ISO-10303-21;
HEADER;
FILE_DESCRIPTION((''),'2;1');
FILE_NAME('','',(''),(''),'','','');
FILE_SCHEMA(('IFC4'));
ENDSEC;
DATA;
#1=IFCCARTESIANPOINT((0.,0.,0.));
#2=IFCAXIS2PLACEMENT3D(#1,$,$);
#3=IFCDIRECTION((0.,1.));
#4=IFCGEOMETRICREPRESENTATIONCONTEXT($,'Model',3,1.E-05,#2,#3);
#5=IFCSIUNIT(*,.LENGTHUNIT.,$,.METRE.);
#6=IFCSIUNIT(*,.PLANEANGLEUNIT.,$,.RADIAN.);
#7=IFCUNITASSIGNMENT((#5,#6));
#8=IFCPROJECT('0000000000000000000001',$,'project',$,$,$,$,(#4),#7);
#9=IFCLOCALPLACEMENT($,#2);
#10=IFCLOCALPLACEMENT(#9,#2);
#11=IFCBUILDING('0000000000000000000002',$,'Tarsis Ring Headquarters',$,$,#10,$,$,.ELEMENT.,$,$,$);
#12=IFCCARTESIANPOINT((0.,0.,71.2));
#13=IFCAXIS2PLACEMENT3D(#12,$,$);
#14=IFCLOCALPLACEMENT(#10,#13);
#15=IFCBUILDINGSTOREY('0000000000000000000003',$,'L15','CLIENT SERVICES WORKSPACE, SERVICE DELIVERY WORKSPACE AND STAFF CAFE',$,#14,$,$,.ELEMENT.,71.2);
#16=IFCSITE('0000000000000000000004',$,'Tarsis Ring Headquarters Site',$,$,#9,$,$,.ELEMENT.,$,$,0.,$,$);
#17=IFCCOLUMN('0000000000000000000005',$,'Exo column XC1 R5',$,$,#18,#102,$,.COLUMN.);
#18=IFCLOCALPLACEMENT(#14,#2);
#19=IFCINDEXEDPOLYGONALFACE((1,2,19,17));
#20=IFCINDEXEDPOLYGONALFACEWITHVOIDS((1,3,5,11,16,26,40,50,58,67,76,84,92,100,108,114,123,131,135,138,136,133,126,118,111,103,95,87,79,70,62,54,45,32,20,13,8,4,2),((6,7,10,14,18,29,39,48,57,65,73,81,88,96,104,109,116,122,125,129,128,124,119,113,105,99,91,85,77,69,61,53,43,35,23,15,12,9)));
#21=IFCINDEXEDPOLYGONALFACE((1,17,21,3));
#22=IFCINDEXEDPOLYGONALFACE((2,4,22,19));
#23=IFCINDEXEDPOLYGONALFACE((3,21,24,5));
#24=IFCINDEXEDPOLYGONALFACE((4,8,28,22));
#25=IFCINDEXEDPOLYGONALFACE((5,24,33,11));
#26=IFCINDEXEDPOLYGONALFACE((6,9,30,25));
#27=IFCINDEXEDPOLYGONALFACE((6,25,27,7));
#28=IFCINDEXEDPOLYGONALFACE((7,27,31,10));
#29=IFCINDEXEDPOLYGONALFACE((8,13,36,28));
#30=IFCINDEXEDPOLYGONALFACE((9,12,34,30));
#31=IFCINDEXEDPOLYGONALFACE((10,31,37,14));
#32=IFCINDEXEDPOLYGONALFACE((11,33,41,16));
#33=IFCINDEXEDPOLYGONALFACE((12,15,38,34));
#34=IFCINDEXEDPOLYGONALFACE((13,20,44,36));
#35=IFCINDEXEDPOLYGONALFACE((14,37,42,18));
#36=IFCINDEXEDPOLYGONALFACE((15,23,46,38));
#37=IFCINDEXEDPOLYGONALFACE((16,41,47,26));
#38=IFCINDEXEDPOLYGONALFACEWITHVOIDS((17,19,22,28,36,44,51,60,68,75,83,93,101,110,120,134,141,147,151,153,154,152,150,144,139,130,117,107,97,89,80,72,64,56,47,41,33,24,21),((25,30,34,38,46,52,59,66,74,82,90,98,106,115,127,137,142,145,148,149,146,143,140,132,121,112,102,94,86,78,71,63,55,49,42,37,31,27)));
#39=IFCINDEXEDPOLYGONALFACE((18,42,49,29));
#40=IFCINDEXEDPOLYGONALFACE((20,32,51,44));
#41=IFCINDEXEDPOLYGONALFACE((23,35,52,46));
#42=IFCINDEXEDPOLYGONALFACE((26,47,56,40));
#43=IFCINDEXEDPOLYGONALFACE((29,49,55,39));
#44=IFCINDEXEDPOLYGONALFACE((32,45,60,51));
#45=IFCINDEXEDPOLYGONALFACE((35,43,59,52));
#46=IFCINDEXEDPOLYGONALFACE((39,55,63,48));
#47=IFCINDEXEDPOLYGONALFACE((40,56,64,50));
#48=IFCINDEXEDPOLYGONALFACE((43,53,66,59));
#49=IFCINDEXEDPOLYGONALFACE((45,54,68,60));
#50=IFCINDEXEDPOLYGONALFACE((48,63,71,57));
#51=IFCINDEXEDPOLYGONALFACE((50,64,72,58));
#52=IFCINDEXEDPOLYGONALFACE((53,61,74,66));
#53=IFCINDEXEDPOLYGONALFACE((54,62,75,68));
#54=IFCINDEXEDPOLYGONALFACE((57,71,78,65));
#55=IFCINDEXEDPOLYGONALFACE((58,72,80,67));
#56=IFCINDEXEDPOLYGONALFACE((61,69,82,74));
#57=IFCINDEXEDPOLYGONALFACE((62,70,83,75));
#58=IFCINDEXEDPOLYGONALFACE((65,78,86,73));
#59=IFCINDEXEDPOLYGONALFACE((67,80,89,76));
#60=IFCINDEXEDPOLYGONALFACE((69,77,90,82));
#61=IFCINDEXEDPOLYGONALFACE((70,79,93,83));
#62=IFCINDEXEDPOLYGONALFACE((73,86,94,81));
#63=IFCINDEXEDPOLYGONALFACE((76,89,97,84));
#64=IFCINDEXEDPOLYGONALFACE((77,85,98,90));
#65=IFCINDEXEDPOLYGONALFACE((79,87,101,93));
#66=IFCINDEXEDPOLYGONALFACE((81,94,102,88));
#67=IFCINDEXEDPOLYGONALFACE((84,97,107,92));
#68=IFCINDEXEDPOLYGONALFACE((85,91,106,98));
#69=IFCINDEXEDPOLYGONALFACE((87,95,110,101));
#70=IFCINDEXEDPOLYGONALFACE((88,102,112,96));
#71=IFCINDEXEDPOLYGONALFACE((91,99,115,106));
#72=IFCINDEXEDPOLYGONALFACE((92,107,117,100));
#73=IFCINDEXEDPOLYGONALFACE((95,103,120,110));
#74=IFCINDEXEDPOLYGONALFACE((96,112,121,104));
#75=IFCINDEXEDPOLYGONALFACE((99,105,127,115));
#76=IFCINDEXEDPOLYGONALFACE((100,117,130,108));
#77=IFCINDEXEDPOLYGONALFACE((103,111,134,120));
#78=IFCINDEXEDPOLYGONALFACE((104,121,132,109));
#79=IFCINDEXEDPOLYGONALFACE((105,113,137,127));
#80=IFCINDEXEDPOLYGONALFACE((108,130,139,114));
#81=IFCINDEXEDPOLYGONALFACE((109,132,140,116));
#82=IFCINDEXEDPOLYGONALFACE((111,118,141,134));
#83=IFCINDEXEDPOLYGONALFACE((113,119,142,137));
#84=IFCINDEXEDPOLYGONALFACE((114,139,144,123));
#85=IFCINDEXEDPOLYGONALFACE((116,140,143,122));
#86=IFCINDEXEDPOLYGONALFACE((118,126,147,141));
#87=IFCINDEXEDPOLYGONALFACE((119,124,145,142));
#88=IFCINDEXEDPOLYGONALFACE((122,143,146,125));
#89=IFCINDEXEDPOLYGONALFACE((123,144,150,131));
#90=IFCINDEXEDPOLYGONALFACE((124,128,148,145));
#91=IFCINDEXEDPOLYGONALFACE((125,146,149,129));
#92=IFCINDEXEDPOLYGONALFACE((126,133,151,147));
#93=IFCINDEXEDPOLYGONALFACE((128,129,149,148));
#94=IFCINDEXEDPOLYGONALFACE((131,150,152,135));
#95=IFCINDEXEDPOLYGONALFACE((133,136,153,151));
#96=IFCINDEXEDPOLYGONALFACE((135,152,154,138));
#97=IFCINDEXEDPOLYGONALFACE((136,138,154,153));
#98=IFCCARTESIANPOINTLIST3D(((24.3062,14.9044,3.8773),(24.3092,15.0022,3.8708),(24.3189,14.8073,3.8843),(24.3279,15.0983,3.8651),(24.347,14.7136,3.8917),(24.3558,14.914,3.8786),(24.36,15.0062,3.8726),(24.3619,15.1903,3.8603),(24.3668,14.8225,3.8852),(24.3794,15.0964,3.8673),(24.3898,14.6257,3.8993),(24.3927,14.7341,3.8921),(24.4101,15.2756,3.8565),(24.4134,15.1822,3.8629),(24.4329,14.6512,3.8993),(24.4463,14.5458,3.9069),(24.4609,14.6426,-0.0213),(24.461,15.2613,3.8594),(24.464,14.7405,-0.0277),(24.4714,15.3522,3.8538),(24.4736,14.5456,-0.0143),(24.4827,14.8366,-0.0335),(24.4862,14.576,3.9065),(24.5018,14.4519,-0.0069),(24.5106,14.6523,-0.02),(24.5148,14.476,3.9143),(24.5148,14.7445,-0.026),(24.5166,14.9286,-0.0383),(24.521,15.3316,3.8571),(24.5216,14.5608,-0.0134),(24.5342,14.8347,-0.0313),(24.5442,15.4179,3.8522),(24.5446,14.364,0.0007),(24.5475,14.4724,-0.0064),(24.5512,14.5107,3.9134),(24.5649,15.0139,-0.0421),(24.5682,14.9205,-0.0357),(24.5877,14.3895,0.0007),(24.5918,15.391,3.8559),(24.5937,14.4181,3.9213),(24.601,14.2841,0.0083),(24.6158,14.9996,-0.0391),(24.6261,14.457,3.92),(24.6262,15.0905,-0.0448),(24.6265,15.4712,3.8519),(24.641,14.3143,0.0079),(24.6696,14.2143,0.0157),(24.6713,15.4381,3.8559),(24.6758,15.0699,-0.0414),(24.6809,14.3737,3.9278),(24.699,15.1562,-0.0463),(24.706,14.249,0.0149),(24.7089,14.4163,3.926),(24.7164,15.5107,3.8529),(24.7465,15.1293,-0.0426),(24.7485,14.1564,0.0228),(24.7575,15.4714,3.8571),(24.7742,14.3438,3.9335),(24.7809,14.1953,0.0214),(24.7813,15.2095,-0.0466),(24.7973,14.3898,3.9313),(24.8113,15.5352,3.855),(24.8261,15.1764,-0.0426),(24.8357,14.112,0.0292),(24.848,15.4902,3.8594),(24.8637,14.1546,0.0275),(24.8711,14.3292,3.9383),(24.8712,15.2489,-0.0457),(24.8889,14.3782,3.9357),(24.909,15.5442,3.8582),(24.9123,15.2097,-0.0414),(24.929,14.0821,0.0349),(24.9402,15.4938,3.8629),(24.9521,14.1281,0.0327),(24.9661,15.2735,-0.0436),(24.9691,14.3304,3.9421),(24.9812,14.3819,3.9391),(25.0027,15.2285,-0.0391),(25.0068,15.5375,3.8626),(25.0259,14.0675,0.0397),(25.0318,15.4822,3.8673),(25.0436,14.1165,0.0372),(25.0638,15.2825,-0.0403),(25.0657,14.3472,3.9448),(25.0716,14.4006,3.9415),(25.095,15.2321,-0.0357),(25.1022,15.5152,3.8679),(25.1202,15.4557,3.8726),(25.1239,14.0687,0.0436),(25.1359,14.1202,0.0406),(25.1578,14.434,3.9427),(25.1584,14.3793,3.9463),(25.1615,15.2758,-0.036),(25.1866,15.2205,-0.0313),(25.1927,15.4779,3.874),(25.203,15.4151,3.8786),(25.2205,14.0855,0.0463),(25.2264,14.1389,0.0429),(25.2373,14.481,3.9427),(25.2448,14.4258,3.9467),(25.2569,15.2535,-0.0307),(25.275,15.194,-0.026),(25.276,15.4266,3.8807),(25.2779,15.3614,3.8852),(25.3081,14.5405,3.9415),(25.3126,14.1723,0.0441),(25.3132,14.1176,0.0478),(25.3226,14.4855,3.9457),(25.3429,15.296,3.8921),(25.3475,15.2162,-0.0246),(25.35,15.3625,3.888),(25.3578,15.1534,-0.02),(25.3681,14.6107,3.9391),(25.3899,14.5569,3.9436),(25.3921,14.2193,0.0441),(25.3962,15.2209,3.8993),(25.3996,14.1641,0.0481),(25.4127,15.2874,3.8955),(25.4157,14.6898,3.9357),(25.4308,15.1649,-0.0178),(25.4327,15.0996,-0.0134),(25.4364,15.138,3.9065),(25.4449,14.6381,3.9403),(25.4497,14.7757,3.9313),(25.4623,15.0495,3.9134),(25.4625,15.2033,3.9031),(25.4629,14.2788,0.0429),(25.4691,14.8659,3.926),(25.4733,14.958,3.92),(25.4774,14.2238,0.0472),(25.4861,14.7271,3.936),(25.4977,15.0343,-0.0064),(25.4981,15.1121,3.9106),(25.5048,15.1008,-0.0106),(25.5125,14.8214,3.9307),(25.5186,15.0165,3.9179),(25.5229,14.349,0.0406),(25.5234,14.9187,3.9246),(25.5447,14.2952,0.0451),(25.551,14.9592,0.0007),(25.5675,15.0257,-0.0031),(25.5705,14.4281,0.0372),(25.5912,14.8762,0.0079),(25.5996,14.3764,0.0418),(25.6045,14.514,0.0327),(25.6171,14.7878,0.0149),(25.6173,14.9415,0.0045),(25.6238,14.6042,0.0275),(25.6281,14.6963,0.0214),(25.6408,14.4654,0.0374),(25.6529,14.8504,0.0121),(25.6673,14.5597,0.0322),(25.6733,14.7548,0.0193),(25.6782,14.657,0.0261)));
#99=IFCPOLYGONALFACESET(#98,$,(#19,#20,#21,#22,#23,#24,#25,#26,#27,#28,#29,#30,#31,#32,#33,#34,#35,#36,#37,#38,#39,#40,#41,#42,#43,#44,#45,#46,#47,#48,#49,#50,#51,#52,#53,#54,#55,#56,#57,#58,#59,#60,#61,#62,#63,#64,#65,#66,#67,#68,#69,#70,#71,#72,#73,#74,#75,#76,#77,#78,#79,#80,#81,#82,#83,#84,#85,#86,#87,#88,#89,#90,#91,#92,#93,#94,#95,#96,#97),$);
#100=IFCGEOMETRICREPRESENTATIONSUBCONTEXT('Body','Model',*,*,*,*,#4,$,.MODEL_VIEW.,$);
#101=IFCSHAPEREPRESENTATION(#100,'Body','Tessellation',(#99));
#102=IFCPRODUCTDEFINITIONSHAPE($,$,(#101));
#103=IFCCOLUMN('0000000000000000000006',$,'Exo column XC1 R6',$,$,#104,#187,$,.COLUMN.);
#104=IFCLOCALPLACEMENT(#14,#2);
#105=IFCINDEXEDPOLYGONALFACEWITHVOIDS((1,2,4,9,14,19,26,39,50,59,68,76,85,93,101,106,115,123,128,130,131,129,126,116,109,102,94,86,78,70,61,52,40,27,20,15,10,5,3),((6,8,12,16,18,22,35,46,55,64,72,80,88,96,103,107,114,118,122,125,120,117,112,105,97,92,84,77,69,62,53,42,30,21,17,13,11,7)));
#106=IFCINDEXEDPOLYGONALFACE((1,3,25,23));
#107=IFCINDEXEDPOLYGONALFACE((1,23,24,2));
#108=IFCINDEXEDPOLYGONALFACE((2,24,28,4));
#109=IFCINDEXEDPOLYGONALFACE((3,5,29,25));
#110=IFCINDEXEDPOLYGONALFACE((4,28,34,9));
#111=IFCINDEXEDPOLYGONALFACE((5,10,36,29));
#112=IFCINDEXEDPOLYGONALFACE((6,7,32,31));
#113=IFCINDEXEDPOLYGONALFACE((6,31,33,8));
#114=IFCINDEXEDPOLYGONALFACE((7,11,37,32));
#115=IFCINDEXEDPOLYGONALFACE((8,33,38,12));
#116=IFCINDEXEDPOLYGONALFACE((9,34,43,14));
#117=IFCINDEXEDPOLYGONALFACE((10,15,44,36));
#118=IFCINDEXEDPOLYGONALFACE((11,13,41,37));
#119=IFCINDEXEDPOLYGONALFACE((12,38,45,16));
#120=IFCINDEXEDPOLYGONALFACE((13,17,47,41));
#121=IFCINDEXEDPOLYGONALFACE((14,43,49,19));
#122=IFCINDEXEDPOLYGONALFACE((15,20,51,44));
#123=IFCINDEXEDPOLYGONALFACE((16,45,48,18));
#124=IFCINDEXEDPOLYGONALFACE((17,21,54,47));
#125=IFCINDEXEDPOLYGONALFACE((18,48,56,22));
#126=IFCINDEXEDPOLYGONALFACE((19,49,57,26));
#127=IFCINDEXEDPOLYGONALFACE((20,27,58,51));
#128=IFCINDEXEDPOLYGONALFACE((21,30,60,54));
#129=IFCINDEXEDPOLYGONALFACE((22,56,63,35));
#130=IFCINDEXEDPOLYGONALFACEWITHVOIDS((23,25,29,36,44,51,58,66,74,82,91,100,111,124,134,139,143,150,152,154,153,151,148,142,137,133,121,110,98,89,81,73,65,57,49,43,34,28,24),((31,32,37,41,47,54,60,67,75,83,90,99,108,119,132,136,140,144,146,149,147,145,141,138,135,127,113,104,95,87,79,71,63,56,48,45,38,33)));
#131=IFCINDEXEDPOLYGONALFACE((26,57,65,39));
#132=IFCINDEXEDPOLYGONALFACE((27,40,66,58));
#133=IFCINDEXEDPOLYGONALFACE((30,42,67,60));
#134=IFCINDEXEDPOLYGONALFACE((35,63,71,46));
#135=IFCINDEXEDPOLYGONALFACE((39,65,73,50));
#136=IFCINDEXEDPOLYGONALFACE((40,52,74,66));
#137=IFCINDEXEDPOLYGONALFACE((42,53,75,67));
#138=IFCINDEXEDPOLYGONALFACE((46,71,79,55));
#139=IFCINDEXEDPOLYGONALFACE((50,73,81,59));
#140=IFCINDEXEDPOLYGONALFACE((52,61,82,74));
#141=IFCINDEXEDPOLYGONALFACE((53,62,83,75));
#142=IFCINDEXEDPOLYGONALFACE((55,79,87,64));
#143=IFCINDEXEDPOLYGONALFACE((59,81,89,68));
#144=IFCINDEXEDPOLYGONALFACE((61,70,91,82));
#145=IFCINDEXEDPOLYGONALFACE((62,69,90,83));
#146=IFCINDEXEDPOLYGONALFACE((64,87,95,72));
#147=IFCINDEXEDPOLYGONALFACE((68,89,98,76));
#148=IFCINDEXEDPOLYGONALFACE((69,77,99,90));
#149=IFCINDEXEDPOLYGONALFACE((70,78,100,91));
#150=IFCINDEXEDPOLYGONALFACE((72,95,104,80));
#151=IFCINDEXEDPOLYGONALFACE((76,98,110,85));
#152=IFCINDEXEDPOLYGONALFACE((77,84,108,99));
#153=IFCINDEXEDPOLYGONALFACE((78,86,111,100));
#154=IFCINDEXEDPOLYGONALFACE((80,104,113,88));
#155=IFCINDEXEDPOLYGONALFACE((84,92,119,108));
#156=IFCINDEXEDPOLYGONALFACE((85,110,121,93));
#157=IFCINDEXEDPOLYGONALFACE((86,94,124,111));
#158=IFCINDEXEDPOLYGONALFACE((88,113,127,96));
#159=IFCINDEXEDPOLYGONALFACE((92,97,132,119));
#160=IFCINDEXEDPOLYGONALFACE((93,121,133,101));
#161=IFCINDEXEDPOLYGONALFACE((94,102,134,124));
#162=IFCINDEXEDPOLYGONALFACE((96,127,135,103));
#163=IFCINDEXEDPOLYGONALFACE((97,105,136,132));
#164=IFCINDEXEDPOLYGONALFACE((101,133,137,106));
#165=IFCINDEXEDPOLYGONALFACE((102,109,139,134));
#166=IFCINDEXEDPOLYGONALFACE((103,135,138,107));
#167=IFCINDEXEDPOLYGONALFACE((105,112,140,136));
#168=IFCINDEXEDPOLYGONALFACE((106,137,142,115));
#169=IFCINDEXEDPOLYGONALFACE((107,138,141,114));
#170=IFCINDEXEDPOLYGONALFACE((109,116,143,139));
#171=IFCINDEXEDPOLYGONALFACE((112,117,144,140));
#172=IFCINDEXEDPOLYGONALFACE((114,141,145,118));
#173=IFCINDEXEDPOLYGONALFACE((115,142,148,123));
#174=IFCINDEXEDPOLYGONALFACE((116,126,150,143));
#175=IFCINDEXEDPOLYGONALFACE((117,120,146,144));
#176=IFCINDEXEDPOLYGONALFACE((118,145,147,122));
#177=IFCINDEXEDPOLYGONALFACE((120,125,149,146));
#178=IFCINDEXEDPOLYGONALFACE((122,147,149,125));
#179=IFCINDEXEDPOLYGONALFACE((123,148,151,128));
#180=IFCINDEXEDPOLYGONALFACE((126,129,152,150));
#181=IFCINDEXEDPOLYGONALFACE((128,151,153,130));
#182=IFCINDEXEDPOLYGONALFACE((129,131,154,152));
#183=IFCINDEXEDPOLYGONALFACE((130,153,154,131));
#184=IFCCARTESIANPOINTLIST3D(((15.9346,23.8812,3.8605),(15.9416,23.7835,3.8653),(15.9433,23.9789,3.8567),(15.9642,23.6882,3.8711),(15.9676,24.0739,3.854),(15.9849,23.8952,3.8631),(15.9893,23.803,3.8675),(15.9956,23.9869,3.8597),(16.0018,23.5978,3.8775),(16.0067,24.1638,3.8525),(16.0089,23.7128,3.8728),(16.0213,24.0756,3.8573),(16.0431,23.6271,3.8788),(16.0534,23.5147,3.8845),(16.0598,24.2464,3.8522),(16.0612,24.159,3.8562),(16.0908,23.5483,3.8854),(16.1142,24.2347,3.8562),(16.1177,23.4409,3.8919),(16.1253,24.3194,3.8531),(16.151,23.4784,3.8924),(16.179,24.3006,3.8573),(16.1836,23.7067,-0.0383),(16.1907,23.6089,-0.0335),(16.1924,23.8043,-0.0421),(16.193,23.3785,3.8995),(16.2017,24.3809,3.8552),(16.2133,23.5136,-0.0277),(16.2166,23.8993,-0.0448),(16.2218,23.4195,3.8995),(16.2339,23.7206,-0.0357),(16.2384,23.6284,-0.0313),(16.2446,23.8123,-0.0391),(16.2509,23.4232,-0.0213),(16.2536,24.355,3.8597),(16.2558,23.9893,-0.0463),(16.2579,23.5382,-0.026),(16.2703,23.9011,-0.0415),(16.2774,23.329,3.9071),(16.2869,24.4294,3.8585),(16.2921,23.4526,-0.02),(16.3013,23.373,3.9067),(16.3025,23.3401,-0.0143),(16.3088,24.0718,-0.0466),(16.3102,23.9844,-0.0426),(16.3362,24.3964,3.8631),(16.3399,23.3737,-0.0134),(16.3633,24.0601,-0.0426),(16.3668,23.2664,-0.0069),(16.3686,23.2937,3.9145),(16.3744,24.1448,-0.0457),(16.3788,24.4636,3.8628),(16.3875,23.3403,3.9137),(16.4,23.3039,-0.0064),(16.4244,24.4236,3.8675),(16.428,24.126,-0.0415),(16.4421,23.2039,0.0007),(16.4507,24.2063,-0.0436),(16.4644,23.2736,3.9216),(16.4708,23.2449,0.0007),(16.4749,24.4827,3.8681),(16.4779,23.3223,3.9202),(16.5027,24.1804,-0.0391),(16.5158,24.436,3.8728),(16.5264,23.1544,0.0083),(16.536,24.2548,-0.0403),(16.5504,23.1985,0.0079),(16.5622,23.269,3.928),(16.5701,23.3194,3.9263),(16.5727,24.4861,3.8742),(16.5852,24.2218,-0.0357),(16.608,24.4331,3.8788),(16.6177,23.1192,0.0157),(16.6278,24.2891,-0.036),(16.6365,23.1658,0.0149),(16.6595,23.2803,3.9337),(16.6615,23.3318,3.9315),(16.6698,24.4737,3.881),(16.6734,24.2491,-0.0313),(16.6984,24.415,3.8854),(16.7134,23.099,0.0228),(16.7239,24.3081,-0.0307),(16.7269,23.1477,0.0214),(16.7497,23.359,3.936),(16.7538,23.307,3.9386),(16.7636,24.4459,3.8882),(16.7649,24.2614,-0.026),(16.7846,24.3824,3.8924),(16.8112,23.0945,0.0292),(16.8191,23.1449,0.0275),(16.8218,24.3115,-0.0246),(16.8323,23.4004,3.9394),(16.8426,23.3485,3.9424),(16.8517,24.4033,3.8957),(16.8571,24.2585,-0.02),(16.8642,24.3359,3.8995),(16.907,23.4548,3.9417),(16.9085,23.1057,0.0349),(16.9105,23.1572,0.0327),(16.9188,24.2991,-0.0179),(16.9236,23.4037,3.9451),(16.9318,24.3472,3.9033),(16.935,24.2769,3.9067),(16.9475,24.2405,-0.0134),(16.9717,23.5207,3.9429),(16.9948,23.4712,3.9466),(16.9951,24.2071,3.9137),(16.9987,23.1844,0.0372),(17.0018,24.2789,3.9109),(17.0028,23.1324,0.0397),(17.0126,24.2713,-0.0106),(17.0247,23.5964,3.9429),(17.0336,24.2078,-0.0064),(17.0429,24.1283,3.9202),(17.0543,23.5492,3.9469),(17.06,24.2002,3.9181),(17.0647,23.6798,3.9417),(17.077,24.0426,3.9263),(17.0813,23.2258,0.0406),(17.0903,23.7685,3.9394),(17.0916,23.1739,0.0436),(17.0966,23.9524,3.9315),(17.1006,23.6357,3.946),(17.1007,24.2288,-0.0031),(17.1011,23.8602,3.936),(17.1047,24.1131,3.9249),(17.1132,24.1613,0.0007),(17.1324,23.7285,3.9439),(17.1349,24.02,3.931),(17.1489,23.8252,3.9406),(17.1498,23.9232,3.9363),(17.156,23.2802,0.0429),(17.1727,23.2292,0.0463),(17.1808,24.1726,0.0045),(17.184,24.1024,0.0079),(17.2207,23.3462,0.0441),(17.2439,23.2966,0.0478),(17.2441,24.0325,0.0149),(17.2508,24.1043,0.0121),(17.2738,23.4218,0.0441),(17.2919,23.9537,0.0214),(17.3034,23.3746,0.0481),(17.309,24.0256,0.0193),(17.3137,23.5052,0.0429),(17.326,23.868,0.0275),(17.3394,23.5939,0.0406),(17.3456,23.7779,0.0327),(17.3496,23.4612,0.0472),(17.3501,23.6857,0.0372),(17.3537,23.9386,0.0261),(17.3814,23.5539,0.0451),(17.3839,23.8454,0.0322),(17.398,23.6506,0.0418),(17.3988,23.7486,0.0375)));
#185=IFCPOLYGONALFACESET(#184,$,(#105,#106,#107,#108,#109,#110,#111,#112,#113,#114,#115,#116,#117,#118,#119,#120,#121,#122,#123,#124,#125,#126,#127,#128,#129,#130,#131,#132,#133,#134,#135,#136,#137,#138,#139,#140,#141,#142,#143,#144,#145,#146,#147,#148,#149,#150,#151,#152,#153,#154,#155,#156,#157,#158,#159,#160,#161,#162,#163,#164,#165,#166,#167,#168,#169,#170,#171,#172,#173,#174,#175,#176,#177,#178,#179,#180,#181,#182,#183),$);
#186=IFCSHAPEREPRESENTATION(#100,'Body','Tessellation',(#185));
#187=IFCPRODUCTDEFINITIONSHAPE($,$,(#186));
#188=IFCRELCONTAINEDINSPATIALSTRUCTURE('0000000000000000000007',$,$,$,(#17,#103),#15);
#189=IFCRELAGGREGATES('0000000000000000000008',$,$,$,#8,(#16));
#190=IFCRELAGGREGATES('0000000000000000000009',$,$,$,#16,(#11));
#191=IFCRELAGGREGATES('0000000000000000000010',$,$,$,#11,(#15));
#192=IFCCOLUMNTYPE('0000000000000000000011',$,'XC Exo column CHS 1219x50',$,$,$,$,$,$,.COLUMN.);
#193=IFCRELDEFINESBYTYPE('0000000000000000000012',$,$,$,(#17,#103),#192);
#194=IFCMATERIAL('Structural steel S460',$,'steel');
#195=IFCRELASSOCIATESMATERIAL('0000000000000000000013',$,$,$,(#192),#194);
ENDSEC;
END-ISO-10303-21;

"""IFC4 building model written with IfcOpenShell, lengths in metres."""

from ifc_helpers import new_model, si_unit, direction, frame, origin, origin_2d, place, context, subcontext, project, spatial, hollow_circle, extrude, material, material_profile, profile_set, type_object, element, save


model = new_model("IFC4")

# Units and contexts
model_context = context("Model", 3, precision=1e-05, world=origin(), true_north=direction((0.0, 1.0)))
body_context = subcontext(model_context, "Body", "Model", "MODEL_VIEW")
ifc_project = project(units=[si_unit("LENGTHUNIT", "METRE"), si_unit("PLANEANGLEUNIT", "RADIAN")], contexts=[model_context])

# Site, building, storey
site_placement = place(None, origin())
site = spatial("IfcSite", under=ifc_project, at=site_placement, Name="Tarsis Ring Headquarters Site", CompositionType="ELEMENT", RefElevation=0.0)
building_placement = place(site_placement, origin())
building = spatial("IfcBuilding", under=site, at=building_placement, Name="Tarsis Ring Headquarters", CompositionType="ELEMENT")
storey_placement = place(building_placement, frame((0.0, 0.0, 71.2)))
storey = spatial("IfcBuildingStorey", under=building, at=storey_placement, Name="L15", Description="CLIENT SERVICES WORKSPACE, SERVICE DELIVERY WORKSPACE AND STAFF CAFE", CompositionType="ELEMENT", Elevation=71.2)

# Columns
ifc_material_1 = material(Name="Structural steel S460", Category="steel")
ifc_material_profile_1 = material_profile(ifc_material_1, hollow_circle(Radius=0.6096, WallThickness=0.05, at=origin_2d()), Name="CHS 1219x50")
ifc_profile_set_1 = profile_set([ifc_material_profile_1], Name="Structural steel S460")
column_type = type_object("IfcColumnType", Name="XC Exo column CHS 1219x50", PredefinedType="COLUMN", material=ifc_profile_set_1)
column_1_placement = place(storey_placement, frame((25.0693, 14.6743, 0.0007), z_axis=(-0.039582, 0.066927, 0.996972), x_axis=(-0.860735, -0.509054, 0.0)))
element("IfcColumn", 1, at=column_1_placement, inside=storey, type_object=column_type, Name="Exo column XC1 R5", PredefinedType="COLUMN", context=body_context, shape_type="SweptSolid", body=[
    extrude(hollow_circle(Radius=0.6096, WallThickness=0.05, at=origin_2d()), origin(), (0.0, 0.0, 1.0), 3.9104),
])
column_2_placement = place(storey_placement, frame((16.792, 23.7031, 0.0007), z_axis=(-0.06368, 0.044639, 0.996972), x_axis=(-0.574001, -0.818855, 0.0)))
element("IfcColumn", 2, at=column_2_placement, inside=storey, type_object=column_type, Name="Exo column XC1 R6", PredefinedType="COLUMN", context=body_context, shape_type="SweptSolid", body=[
    extrude(hollow_circle(Radius=0.6096, WallThickness=0.05, at=origin_2d()), origin(), (0.0, 0.0, 1.0), 3.9106),
])

save(model, "model.ifc")
